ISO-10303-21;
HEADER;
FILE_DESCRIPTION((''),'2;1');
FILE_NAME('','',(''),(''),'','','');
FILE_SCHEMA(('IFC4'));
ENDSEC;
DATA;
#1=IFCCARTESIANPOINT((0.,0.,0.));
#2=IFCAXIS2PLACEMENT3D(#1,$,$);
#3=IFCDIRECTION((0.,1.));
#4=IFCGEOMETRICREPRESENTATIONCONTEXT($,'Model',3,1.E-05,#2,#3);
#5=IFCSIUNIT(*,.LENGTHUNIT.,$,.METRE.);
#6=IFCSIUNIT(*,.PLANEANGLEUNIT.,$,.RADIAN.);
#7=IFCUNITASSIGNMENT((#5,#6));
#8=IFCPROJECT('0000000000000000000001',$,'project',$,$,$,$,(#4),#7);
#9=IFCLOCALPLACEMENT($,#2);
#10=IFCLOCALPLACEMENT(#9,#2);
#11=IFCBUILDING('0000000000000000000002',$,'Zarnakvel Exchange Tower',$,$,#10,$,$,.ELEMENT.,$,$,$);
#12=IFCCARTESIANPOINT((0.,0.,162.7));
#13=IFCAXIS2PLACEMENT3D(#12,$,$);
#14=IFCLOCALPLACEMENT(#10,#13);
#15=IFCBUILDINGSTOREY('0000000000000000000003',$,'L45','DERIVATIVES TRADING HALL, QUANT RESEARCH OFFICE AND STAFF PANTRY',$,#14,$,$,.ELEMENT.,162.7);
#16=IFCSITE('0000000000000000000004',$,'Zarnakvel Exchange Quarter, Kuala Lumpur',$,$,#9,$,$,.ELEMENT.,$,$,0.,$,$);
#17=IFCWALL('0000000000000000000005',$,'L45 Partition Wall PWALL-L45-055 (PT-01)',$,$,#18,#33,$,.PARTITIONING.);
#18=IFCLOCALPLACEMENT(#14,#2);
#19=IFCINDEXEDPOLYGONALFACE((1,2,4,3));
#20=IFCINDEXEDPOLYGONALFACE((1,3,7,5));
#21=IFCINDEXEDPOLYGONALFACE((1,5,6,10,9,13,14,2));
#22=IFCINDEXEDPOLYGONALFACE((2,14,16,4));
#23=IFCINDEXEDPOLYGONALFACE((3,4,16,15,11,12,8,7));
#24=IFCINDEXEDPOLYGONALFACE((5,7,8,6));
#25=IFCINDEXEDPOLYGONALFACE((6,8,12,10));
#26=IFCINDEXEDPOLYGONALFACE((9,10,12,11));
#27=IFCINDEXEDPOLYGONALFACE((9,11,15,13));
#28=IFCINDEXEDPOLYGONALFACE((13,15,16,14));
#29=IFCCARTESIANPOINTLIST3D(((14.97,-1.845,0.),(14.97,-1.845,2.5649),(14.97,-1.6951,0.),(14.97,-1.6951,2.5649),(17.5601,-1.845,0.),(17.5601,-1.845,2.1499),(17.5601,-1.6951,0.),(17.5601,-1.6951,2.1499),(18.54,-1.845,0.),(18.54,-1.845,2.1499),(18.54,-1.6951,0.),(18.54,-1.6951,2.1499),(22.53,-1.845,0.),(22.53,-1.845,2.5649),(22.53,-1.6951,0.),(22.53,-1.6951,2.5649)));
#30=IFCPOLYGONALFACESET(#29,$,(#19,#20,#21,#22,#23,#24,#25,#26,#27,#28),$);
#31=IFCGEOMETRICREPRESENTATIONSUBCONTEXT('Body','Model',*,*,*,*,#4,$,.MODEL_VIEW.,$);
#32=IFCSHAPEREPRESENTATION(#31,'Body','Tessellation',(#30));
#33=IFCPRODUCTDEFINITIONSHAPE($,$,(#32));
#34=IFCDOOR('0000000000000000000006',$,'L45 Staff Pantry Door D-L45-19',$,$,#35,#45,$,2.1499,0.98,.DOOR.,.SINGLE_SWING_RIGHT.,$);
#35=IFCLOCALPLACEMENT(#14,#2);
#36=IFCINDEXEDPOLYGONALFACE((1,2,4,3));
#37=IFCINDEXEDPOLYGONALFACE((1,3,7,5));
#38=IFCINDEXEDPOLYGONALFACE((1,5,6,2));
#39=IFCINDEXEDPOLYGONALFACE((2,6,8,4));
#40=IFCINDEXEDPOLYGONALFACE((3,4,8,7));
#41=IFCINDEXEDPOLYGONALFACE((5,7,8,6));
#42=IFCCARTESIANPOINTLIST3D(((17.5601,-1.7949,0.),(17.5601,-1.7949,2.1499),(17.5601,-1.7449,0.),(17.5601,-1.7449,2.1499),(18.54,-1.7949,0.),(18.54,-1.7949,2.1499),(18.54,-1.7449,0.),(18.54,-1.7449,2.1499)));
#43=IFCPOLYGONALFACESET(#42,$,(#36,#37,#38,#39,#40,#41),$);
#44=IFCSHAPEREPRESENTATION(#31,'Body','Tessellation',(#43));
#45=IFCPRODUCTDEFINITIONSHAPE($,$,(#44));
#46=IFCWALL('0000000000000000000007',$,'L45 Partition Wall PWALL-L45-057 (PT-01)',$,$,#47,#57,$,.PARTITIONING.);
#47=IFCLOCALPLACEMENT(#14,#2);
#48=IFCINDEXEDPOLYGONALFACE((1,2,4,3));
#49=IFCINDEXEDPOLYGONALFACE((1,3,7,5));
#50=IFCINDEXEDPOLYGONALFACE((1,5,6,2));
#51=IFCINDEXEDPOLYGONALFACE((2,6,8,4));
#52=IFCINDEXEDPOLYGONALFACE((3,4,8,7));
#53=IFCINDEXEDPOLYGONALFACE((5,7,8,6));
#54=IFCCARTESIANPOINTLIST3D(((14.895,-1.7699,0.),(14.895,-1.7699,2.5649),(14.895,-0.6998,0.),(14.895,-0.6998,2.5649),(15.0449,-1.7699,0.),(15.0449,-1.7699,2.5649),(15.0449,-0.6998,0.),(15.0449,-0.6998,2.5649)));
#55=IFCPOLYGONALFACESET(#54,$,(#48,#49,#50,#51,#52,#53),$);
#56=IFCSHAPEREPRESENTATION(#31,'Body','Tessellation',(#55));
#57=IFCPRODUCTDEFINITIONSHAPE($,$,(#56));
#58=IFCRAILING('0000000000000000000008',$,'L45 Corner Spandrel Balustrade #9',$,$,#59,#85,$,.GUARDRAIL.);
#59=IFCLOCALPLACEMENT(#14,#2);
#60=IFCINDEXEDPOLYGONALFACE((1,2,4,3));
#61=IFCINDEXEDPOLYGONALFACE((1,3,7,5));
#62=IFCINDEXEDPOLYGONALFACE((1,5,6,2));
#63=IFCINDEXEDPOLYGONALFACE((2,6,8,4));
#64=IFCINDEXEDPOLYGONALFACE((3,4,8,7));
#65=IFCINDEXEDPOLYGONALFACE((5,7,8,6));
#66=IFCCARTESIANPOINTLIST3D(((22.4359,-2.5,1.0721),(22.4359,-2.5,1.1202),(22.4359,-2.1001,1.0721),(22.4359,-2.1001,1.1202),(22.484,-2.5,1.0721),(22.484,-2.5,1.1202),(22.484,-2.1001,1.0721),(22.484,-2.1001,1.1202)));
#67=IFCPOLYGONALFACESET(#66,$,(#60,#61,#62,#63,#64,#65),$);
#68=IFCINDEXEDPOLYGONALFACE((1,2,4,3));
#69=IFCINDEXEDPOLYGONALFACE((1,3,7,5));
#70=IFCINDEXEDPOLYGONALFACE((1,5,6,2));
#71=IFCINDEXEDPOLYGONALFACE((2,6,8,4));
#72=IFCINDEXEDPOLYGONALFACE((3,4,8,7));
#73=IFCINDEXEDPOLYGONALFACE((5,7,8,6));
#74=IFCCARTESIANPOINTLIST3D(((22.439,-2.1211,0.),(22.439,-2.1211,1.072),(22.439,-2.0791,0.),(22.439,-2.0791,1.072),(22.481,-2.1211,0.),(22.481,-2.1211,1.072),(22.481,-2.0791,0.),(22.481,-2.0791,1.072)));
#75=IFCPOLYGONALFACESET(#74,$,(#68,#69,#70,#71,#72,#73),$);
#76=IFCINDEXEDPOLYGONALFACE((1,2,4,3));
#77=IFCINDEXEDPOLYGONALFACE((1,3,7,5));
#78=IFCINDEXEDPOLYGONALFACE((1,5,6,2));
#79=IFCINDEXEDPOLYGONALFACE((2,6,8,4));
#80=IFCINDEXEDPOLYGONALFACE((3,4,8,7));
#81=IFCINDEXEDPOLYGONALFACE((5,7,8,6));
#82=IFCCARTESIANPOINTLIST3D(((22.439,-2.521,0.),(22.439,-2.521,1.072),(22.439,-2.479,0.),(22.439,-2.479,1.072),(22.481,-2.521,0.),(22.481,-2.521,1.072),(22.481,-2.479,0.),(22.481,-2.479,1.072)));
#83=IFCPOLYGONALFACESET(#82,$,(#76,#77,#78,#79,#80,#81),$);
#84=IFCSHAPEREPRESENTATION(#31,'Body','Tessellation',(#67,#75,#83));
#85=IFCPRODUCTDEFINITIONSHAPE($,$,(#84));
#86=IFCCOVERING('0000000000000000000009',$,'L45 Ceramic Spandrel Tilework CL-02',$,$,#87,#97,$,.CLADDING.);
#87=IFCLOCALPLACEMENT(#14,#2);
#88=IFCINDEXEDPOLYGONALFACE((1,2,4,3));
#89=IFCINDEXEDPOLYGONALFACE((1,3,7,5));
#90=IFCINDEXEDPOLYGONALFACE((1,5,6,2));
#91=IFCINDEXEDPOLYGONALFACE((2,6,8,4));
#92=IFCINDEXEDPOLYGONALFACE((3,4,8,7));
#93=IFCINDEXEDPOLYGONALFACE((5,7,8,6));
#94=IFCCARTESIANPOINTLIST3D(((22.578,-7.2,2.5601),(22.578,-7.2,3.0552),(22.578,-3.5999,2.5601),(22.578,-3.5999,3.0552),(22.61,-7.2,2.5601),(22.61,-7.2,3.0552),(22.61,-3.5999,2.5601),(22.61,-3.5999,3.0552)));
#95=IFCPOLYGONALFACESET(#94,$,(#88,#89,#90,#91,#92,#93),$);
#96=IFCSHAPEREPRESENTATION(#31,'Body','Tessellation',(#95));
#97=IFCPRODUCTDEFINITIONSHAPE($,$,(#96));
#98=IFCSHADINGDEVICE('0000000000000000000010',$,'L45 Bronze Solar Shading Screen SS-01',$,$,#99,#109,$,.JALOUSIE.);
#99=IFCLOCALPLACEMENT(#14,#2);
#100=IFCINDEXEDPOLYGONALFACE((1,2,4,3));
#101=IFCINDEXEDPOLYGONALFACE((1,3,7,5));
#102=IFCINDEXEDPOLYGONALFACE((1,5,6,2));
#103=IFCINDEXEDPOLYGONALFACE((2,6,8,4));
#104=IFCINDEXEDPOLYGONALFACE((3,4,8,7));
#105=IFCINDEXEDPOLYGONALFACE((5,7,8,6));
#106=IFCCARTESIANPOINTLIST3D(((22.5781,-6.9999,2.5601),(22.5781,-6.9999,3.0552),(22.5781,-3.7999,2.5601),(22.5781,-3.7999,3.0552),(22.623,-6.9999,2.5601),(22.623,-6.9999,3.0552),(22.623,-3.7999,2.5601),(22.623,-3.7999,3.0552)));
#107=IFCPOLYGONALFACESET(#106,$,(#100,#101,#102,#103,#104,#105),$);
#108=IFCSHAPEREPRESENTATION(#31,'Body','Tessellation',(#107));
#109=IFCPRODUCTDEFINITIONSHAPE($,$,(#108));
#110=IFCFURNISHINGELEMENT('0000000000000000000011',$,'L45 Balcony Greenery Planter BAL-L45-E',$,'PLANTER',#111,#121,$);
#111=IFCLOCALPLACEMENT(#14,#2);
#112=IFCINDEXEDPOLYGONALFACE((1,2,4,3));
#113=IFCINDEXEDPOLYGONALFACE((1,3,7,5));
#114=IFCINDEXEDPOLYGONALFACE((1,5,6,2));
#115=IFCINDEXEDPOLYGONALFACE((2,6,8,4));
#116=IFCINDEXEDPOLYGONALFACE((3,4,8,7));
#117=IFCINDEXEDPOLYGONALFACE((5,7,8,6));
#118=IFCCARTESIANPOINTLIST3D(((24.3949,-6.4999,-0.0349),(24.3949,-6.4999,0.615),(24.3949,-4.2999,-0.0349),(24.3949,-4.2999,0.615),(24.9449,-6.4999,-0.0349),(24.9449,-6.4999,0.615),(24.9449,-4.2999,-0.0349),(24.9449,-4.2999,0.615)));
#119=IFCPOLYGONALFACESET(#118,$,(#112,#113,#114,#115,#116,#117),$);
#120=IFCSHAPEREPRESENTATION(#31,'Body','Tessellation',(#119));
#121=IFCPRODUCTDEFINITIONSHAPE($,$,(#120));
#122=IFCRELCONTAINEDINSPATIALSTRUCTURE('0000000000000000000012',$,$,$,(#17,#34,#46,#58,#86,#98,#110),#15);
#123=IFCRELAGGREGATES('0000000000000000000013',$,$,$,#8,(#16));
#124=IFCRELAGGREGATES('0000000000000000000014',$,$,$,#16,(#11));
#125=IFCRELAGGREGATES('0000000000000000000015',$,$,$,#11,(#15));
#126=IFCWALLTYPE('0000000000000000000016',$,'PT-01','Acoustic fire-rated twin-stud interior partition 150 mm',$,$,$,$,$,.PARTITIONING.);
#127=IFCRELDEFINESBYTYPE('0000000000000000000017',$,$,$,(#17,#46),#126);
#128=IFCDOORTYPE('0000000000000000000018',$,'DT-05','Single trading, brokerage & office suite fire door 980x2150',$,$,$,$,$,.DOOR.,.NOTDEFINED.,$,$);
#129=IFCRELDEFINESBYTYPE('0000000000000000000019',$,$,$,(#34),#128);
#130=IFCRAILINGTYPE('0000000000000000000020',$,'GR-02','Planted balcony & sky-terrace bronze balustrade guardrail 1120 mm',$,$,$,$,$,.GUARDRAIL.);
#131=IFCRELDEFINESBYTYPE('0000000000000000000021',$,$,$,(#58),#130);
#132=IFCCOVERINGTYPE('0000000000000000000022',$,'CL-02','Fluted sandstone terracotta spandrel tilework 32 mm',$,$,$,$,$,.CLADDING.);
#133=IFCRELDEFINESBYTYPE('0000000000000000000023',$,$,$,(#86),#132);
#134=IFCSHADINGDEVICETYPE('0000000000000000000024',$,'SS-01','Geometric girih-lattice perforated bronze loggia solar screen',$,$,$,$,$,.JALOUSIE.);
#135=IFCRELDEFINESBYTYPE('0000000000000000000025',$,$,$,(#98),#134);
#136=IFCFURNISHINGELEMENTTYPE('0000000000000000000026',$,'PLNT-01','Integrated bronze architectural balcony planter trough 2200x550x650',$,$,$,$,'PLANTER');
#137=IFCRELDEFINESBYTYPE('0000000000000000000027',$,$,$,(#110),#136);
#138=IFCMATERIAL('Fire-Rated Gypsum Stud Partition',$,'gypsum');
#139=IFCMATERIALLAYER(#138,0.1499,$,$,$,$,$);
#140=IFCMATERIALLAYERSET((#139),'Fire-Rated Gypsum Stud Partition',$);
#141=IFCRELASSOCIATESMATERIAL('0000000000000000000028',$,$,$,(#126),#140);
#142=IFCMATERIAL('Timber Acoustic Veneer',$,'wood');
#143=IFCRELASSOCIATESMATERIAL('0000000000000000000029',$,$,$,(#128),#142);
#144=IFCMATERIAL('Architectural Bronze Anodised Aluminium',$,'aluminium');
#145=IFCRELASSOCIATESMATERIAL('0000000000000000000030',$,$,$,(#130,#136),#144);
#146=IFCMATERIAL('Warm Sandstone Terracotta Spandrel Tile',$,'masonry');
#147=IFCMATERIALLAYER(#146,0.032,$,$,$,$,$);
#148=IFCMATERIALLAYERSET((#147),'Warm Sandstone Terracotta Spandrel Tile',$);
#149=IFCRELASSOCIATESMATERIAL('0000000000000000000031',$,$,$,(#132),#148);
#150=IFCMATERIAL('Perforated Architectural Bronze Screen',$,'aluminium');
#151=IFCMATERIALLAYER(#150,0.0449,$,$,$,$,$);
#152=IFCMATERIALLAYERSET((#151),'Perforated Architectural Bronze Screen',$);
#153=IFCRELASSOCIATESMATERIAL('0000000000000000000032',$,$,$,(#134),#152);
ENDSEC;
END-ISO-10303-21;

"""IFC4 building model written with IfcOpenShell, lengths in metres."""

from ifc_helpers import new_model, si_unit, direction, frame, frame_2d, origin, origin_2d, place, context, subcontext, project, spatial, rectangle, extrude, source, transform, mapped, material, layer, layer_set, type_object, element, fill, save


model = new_model("IFC4")

# Units and contexts
model_context = context("Model", 3, precision=1e-05, world=origin(), true_north=direction((0.0, 1.0)))
body_context = subcontext(model_context, "Body", "Model", "MODEL_VIEW")
ifc_project = project(units=[si_unit("LENGTHUNIT", "METRE"), si_unit("PLANEANGLEUNIT", "RADIAN")], contexts=[model_context])

# Site, building, storey
site_placement = place(None, origin())
site = spatial("IfcSite", under=ifc_project, at=site_placement, Name="Zarnakvel Exchange Quarter, Kuala Lumpur", CompositionType="ELEMENT", RefElevation=0.0)
building_placement = place(site_placement, origin())
building = spatial("IfcBuilding", under=site, at=building_placement, Name="Zarnakvel Exchange Tower", CompositionType="ELEMENT")
storey_placement = place(building_placement, frame((0.0, 0.0, 162.7)))
storey = spatial("IfcBuildingStorey", under=building, at=storey_placement, Name="L45", Description="DERIVATIVES TRADING HALL, QUANT RESEARCH OFFICE AND STAFF PANTRY", CompositionType="ELEMENT", Elevation=162.7)

# Shared definitions
ifc_material_1 = material(Name="Architectural Bronze Anodised Aluminium", Category="aluminium")

# Shared definitions
ifc_material_2 = material(Name="Fire-Rated Gypsum Stud Partition", Category="gypsum")
ifc_layer_1 = layer(ifc_material_2, 0.1499)
ifc_layer_set_1 = layer_set([ifc_layer_1], Name="Fire-Rated Gypsum Stud Partition")
wall_type_1 = type_object("IfcWallType", Name="PT-01", Description="Acoustic fire-rated twin-stud interior partition 150 mm", PredefinedType="PARTITIONING", material=ifc_layer_set_1)
ifc_material_3 = material(Name="Timber Acoustic Veneer", Category="wood")
door_type_1 = type_object("IfcDoorType", Name="DT-05", Description="Single trading, brokerage & office suite fire door 980x2150", OperationType="NOTDEFINED", PredefinedType="DOOR", material=ifc_material_3)
shared_shape_1 = source(origin(), body_context, "Body", "SweptSolid", [
    extrude(rectangle(XDim=0.98, YDim=2.1499, at=frame_2d((0.49, 1.075))), frame((0.0, 0.0249, 0.0), z_axis=(0.0, -1.0, 0.0), x_axis=(1.0, 0.0, 0.0)), (0.0, 0.0, 1.0), 0.05),
])

# Wall, opening, door
wall_1_placement = place(storey_placement, frame((22.53, -1.77, 0.0), z_axis=(0.0, 0.0, 1.0), x_axis=(-1.0, 0.0, 0.0)))
wall_1 = element("IfcWall", 1, at=wall_1_placement, inside=storey, type_object=wall_type_1, Name="L45 Partition Wall PWALL-L45-055 (PT-01)", PredefinedType="PARTITIONING", context=body_context, shape_type="SweptSolid", body=[
    extrude(rectangle(XDim=7.5601, YDim=0.1499, at=frame_2d((3.78, 0.0))), origin(), (0.0, 0.0, 1.0), 2.5649),
])
opening_1_placement = place(wall_1_placement, frame((3.99, 0.0, 0.0)))
opening_1 = element("IfcOpeningElement", 2, at=opening_1_placement, cuts=wall_1, PredefinedType="OPENING", context=body_context, shape_type="SweptSolid", body=[
    extrude(rectangle(XDim=0.98, YDim=2.1499, at=frame_2d((0.49, 1.075))), frame((0.0, 0.085, 0.0), z_axis=(0.0, -1.0, 0.0), x_axis=(1.0, 0.0, 0.0)), (0.0, 0.0, 1.0), 0.1699),
])
door_1_placement = place(opening_1_placement, origin())
door_1 = element("IfcDoor", 3, at=door_1_placement, inside=storey, type_object=door_type_1, Name="L45 Staff Pantry Door D-L45-19", OperationType="SINGLE_SWING_RIGHT", OverallHeight=2.1499, OverallWidth=0.98, PredefinedType="DOOR", context=body_context, shape_type="MappedRepresentation", body=[
    mapped(shared_shape_1, transform((0.0, 0.0, 0.0), x_axis=(1.0, 0.0, 0.0), y_axis=(0.0, 1.0, 0.0), z_axis=(0.0, 0.0, 1.0), scale=1.0)),
])
fill(opening_1, door_1)

# Wall
wall_2_placement = place(storey_placement, frame((14.97, -1.77, 0.0), z_axis=(0.0, 0.0, 1.0), x_axis=(0.0, 1.0, 0.0)))
element("IfcWall", 4, at=wall_2_placement, inside=storey, type_object=wall_type_1, Name="L45 Partition Wall PWALL-L45-057 (PT-01)", PredefinedType="PARTITIONING", context=body_context, shape_type="SweptSolid", body=[
    extrude(rectangle(XDim=1.0701, YDim=0.1499, at=frame_2d((0.5352, 0.0))), origin(), (0.0, 0.0, 1.0), 2.5649),
])

# Railing
railing_type = type_object("IfcRailingType", Name="GR-02", Description="Planted balcony & sky-terrace bronze balustrade guardrail 1120 mm", PredefinedType="GUARDRAIL", material=ifc_material_1)
railing_placement = place(storey_placement, frame((22.46, -2.1001, 0.0)))
element("IfcRailing", 5, at=railing_placement, inside=storey, type_object=railing_type, Name="L45 Corner Spandrel Balustrade #9", PredefinedType="GUARDRAIL", context=body_context, shape_type="SweptSolid", body=[
    extrude(rectangle(XDim=0.0481, YDim=0.0481, at=origin_2d()), frame((0.0, 0.0, 1.0962), z_axis=(0.0, -1.0, 0.0), x_axis=(1.0, 0.0, 0.0)), (0.0, 0.0, 1.0), 0.3999),
    extrude(rectangle(XDim=0.042, YDim=0.042, at=origin_2d()), origin(), (0.0, 0.0, 1.0), 1.072),
    extrude(rectangle(XDim=0.042, YDim=0.042, at=origin_2d()), frame((0.0, -0.3999, 0.0)), (0.0, 0.0, 1.0), 1.072),
])

# Covering
ifc_material_4 = material(Name="Warm Sandstone Terracotta Spandrel Tile", Category="masonry")
ifc_layer_2 = layer(ifc_material_4, 0.032)
ifc_layer_set_2 = layer_set([ifc_layer_2], Name="Warm Sandstone Terracotta Spandrel Tile")
covering_type = type_object("IfcCoveringType", Name="CL-02", Description="Fluted sandstone terracotta spandrel tilework 32 mm", PredefinedType="CLADDING", material=ifc_layer_set_2)
shared_shape_2 = source(origin(), body_context, "Body", "SweptSolid", [
    extrude(rectangle(XDim=3.6001, YDim=0.032, at=origin_2d()), origin(), (0.0, 0.0, 1.0), 0.4951),
])
covering_placement = place(storey_placement, frame((22.594, -5.3999, 2.5601), z_axis=(0.0, 0.0, 1.0), x_axis=(0.0, -1.0, 0.0)))
element("IfcCovering", 6, at=covering_placement, inside=storey, type_object=covering_type, Name="L45 Ceramic Spandrel Tilework CL-02", PredefinedType="CLADDING", context=body_context, shape_type="MappedRepresentation", body=[
    mapped(shared_shape_2, transform((0.0, 0.0, 0.0), x_axis=(1.0, 0.0, 0.0), y_axis=(0.0, 1.0, 0.0), z_axis=(0.0, 0.0, 1.0), scale=1.0)),
])

# Shading device
ifc_material_5 = material(Name="Perforated Architectural Bronze Screen", Category="aluminium")
ifc_layer_3 = layer(ifc_material_5, 0.0449)
ifc_layer_set_3 = layer_set([ifc_layer_3], Name="Perforated Architectural Bronze Screen")
shading_device_type = type_object("IfcShadingDeviceType", Name="SS-01", Description="Geometric girih-lattice perforated bronze loggia solar screen", PredefinedType="JALOUSIE", material=ifc_layer_set_3)
shared_shape_3 = source(origin(), body_context, "Body", "SweptSolid", [
    extrude(rectangle(XDim=3.2, YDim=0.0449, at=origin_2d()), origin(), (0.0, 0.0, 1.0), 0.4951),
])
shading_device_placement = place(storey_placement, frame((22.6006, -5.3999, 2.5601), z_axis=(0.0, 0.0, 1.0), x_axis=(0.0, -1.0, 0.0)))
element("IfcShadingDevice", 7, at=shading_device_placement, inside=storey, type_object=shading_device_type, Name="L45 Bronze Solar Shading Screen SS-01", PredefinedType="JALOUSIE", context=body_context, shape_type="MappedRepresentation", body=[
    mapped(shared_shape_3, transform((0.0, 0.0, 0.0), x_axis=(1.0, 0.0, 0.0), y_axis=(0.0, 1.0, 0.0), z_axis=(0.0, 0.0, 1.0), scale=1.0)),
])

# Furnishing element
furnishing_element_type = type_object("IfcFurnishingElementType", Name="PLNT-01", Description="Integrated bronze architectural balcony planter trough 2200x550x650", ElementType="PLANTER", material=ifc_material_1)
shared_shape_4 = source(origin(), body_context, "Body", "SweptSolid", [
    extrude(rectangle(XDim=2.2, YDim=0.55, at=origin_2d()), origin(), (0.0, 0.0, 1.0), 0.6499),
])
furnishing_placement = place(storey_placement, frame((24.6699, -5.3999, -0.0349), z_axis=(0.0, 0.0, 1.0), x_axis=(0.0, 1.0, 0.0)))
element("IfcFurnishingElement", 8, at=furnishing_placement, inside=storey, type_object=furnishing_element_type, Name="L45 Balcony Greenery Planter BAL-L45-E", ObjectType="PLANTER", context=body_context, shape_type="MappedRepresentation", body=[
    mapped(shared_shape_4, transform((0.0, 0.0, 0.0), x_axis=(1.0, 0.0, 0.0), y_axis=(0.0, 1.0, 0.0), z_axis=(0.0, 0.0, 1.0), scale=1.0)),
])

save(model, "model.ifc")
